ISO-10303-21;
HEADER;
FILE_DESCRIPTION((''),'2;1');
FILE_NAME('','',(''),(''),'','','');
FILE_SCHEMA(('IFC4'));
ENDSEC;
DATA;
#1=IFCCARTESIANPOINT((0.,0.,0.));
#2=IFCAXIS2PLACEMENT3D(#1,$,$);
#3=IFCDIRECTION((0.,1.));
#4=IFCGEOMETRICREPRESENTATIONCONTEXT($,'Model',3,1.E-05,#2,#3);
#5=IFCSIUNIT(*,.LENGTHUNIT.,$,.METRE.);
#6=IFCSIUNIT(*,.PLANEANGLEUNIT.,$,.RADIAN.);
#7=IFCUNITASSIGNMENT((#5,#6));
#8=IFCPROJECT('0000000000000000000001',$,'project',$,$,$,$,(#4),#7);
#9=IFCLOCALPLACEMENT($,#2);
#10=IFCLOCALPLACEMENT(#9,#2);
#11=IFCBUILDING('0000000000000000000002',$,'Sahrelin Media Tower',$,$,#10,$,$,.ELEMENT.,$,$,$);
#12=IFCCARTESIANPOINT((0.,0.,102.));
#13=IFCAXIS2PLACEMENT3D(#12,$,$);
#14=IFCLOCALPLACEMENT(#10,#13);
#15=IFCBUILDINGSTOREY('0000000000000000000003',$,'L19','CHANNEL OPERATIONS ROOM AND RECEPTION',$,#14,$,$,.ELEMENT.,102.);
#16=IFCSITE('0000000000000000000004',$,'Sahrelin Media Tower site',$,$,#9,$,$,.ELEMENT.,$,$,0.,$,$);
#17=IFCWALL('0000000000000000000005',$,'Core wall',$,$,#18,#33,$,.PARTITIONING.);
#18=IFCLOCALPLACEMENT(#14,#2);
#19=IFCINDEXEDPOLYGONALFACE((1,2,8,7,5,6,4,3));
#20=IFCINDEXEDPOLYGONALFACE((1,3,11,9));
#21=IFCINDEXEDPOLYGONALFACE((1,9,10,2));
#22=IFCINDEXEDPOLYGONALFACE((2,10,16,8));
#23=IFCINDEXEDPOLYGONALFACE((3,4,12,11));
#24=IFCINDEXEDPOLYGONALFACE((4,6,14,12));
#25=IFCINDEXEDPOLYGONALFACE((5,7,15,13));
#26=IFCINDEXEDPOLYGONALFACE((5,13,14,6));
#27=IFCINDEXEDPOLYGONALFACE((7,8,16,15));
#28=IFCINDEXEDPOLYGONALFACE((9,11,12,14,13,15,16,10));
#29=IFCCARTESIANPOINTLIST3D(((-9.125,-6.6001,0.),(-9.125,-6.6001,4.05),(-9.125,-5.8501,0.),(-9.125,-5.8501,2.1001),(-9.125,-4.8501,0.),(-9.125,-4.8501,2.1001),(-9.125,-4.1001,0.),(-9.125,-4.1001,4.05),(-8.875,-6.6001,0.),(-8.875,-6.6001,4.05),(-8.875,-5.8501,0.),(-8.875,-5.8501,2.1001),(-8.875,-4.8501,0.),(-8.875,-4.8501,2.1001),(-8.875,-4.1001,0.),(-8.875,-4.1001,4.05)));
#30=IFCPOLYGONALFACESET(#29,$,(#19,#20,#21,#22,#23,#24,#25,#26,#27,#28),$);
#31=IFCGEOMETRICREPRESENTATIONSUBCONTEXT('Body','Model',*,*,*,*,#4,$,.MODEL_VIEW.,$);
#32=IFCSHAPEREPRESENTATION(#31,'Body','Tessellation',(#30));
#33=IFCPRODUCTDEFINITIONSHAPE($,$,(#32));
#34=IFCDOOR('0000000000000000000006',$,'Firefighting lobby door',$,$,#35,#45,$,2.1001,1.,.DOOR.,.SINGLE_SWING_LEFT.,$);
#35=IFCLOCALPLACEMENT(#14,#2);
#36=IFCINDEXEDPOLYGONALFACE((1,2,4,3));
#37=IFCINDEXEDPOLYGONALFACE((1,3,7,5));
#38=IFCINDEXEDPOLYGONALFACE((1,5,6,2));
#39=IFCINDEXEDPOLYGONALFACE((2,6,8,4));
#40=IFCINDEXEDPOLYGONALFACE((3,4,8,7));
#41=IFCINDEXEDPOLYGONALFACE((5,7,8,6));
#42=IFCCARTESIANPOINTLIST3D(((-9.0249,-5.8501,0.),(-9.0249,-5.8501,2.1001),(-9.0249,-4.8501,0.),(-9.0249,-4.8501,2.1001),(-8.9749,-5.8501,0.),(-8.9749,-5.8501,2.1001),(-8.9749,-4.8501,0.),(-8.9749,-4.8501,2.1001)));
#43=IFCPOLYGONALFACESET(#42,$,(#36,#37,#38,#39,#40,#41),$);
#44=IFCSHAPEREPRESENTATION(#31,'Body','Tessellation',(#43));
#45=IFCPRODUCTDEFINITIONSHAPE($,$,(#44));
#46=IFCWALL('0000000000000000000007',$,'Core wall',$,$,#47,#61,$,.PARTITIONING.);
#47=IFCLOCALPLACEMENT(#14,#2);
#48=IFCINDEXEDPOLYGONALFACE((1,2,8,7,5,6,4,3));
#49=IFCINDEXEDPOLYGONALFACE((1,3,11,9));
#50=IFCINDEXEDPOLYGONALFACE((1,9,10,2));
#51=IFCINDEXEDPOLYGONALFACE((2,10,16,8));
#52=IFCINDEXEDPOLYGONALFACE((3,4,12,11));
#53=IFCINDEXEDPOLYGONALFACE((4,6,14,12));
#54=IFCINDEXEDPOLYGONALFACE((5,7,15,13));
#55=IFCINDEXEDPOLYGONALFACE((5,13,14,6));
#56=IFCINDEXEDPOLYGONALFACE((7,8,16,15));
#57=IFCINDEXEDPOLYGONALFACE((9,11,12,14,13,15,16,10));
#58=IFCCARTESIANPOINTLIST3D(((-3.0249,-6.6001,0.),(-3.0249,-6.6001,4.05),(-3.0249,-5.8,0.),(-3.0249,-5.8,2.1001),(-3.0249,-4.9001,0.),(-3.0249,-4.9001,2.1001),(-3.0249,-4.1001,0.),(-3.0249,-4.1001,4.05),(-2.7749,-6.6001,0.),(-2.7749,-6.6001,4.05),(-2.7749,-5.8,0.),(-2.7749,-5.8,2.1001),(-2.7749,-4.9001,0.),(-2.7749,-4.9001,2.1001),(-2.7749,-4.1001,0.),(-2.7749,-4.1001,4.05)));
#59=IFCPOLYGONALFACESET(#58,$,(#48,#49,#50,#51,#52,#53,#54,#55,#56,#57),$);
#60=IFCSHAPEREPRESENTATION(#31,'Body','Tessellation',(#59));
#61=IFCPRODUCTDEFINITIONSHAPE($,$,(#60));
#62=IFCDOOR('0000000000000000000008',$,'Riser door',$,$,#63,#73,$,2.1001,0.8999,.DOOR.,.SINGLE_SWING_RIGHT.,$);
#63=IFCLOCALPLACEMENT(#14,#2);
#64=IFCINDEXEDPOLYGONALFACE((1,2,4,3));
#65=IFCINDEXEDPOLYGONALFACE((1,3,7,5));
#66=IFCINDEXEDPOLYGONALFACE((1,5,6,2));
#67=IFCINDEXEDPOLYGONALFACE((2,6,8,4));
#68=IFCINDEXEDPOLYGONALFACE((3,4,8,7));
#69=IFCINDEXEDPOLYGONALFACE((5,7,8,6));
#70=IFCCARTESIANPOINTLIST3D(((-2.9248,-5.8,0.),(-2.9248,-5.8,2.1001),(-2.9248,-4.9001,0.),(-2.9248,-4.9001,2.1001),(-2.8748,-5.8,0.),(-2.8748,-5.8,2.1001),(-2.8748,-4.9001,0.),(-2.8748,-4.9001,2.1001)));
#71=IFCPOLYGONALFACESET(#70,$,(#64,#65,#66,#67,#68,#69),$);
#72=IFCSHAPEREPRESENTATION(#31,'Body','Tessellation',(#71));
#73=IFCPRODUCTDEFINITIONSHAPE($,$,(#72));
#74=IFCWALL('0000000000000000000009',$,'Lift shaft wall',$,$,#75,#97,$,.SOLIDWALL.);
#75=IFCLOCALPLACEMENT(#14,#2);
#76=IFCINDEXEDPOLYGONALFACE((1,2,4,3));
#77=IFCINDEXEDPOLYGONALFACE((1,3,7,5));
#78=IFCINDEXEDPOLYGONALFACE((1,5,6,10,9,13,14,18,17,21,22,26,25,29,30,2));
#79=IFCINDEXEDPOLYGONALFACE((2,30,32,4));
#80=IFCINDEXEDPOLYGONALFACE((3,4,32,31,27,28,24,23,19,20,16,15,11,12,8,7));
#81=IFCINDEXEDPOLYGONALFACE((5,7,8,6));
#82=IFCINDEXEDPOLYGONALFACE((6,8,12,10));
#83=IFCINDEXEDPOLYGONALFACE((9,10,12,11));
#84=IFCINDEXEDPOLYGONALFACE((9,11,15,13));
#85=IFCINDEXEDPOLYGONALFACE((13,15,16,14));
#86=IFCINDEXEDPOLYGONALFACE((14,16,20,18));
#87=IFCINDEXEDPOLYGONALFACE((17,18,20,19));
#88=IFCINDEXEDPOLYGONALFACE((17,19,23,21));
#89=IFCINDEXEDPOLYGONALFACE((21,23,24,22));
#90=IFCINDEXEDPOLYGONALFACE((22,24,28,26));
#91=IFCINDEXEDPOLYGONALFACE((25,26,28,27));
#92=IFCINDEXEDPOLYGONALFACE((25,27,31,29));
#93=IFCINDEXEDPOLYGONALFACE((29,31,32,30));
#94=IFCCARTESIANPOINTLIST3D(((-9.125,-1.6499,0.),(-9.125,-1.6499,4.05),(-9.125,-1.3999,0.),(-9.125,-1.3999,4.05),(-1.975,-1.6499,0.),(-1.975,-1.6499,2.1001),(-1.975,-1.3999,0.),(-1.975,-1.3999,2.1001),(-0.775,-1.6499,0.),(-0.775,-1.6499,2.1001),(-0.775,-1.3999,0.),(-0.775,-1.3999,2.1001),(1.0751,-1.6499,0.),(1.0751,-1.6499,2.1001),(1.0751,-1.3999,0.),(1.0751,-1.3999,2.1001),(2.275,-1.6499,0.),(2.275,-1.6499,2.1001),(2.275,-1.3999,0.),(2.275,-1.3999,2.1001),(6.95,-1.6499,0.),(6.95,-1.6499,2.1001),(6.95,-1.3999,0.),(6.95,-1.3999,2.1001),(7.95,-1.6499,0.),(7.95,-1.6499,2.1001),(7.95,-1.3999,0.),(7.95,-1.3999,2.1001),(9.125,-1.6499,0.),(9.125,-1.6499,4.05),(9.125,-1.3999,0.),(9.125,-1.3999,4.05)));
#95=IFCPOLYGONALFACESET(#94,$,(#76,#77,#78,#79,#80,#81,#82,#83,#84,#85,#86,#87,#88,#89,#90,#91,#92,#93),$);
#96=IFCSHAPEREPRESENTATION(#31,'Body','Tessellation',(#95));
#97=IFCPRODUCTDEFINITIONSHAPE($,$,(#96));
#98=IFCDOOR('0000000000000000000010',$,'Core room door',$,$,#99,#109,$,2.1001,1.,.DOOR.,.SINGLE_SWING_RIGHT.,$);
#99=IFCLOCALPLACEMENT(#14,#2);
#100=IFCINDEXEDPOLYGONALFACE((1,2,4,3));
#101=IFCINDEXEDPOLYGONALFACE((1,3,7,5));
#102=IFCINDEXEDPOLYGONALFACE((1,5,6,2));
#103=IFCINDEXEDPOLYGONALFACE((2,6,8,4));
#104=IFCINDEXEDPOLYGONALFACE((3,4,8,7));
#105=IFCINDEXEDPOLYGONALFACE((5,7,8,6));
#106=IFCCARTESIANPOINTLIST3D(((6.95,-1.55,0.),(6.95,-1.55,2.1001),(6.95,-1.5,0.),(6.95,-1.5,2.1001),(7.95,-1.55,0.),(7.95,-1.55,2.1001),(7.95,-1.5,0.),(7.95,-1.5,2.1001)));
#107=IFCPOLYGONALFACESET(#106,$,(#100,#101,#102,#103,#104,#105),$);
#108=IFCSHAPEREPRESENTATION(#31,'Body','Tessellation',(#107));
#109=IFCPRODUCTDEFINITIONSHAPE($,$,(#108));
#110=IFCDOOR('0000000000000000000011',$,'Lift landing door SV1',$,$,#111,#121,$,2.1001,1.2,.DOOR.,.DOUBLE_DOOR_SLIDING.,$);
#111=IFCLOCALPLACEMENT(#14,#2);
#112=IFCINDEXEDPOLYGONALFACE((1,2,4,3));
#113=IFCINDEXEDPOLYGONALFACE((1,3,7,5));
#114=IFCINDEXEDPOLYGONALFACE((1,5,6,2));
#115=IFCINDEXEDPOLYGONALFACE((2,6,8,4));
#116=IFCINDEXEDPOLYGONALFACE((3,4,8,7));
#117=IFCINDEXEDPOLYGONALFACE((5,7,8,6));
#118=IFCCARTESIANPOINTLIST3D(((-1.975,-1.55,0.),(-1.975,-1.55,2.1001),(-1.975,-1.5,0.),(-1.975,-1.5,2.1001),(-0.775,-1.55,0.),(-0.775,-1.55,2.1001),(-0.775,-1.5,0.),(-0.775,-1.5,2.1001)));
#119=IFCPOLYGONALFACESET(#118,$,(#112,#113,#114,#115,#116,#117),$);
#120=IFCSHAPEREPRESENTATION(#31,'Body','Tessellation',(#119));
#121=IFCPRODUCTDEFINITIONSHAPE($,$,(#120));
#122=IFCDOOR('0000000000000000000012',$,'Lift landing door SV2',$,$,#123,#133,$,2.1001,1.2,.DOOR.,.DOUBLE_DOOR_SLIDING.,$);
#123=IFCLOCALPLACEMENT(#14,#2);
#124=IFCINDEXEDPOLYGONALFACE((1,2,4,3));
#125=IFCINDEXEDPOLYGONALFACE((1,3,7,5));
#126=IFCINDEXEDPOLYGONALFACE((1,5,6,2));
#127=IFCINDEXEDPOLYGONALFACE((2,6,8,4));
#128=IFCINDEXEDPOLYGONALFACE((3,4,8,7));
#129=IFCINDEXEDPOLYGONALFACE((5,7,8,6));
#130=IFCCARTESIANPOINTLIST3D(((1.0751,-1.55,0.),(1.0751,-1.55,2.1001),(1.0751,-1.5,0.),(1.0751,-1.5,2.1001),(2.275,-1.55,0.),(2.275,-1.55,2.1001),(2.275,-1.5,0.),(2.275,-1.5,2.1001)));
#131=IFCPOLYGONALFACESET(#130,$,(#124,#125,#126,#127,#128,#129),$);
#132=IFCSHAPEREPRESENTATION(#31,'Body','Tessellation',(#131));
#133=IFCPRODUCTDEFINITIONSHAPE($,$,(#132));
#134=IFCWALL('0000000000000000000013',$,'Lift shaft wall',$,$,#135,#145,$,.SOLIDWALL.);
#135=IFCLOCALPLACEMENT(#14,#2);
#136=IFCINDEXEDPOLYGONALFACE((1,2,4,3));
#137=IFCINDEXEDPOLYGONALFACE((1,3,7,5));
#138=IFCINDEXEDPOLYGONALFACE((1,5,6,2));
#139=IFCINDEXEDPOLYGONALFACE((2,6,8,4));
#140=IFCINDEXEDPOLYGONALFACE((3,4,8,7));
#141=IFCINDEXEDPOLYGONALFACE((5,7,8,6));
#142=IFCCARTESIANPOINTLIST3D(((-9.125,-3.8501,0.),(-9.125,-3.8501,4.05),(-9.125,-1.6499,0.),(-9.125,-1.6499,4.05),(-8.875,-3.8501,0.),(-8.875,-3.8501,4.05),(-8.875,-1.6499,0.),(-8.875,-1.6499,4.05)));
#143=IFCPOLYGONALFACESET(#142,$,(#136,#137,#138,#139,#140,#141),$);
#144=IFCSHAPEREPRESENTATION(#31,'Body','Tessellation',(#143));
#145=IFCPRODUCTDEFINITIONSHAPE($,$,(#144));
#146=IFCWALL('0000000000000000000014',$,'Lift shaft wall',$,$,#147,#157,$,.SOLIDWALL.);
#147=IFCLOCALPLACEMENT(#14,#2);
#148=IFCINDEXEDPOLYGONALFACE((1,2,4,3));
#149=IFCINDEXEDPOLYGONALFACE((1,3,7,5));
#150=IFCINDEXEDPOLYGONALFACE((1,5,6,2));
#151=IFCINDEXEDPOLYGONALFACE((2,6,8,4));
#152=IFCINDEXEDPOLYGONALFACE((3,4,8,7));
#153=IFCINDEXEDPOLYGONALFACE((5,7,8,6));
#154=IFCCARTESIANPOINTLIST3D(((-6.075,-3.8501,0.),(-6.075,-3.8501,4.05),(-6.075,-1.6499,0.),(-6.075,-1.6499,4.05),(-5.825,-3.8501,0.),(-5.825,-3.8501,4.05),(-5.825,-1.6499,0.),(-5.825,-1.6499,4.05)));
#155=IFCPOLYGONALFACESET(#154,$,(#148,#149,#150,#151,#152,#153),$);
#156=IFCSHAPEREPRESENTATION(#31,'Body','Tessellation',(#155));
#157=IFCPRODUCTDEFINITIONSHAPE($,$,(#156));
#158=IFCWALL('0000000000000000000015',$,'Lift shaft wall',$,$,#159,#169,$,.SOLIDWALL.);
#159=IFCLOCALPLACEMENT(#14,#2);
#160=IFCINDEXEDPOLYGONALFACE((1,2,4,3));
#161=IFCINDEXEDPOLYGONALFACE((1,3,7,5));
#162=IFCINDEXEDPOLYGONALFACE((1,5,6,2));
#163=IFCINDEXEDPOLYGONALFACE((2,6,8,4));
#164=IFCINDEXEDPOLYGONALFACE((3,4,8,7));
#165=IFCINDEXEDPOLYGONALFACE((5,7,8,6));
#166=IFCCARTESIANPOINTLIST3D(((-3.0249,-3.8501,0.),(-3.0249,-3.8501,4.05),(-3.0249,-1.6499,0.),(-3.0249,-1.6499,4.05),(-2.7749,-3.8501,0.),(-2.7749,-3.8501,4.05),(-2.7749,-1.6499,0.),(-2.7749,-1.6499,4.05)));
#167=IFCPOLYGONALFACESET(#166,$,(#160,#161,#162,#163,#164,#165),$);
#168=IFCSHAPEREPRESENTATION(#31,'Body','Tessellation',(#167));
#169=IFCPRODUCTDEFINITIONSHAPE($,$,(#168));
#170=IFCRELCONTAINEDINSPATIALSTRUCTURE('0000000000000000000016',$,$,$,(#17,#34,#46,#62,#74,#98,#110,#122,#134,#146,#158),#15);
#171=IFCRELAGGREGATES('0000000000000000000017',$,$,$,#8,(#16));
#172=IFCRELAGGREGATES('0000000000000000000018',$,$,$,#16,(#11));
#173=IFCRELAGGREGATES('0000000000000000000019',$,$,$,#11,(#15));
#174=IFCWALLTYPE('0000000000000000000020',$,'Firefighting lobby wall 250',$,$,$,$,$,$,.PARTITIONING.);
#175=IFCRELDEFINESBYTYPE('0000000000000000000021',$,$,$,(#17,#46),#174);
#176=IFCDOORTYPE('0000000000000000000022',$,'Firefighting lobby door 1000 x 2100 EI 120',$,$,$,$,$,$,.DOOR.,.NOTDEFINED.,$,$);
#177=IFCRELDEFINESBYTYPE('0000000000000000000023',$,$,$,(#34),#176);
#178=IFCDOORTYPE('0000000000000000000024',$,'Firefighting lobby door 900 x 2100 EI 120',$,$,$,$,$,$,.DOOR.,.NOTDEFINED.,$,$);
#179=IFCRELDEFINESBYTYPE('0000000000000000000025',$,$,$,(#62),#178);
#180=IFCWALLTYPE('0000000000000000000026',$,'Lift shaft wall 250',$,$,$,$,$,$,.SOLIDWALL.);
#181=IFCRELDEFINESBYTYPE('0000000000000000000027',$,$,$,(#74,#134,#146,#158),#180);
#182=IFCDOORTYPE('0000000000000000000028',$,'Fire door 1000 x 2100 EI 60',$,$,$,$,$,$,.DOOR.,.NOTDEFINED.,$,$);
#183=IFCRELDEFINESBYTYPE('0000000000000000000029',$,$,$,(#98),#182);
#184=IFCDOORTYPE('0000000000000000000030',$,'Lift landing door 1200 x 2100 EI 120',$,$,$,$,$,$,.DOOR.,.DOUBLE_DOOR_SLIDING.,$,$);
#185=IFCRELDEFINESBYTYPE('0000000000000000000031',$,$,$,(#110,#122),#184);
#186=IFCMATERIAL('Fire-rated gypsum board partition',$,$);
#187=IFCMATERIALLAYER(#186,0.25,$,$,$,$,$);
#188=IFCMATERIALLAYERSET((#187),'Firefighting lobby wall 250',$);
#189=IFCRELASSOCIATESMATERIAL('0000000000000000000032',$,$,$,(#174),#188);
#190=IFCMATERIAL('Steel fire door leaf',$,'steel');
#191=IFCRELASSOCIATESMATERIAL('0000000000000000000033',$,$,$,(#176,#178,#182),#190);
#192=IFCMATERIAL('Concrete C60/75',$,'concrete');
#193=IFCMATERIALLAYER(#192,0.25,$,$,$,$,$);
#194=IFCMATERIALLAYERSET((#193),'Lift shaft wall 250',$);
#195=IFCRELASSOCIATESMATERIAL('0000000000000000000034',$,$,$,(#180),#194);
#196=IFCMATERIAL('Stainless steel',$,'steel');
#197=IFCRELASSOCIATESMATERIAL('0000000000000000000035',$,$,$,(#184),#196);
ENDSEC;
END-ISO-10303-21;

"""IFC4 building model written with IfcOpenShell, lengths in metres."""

from ifc_helpers import new_model, si_unit, direction, frame, frame_2d, origin, place, context, subcontext, project, spatial, rectangle, extrude, material, layer, layer_set, type_object, element, fill, save


model = new_model("IFC4")

# Units and contexts
model_context = context("Model", 3, precision=1e-05, world=origin(), true_north=direction((0.0, 1.0)))
body_context = subcontext(model_context, "Body", "Model", "MODEL_VIEW")
ifc_project = project(units=[si_unit("LENGTHUNIT", "METRE"), si_unit("PLANEANGLEUNIT", "RADIAN")], contexts=[model_context])

# Site, building, storey
site_placement = place(None, origin())
site = spatial("IfcSite", under=ifc_project, at=site_placement, Name="Sahrelin Media Tower site", CompositionType="ELEMENT", RefElevation=0.0)
building_placement = place(site_placement, origin())
building = spatial("IfcBuilding", under=site, at=building_placement, Name="Sahrelin Media Tower", CompositionType="ELEMENT")
storey_placement = place(building_placement, frame((0.0, 0.0, 102.0)))
storey = spatial("IfcBuildingStorey", under=building, at=storey_placement, Name="L19", Description="CHANNEL OPERATIONS ROOM AND RECEPTION", CompositionType="ELEMENT", Elevation=102.0)

# Shared definitions
ifc_material_1 = material(Name="Concrete C60/75", Category="concrete")

# Walls, openings, doors
ifc_material_2 = material(Name="Fire-rated gypsum board partition")
ifc_material_3 = material(Name="Steel fire door leaf", Category="steel")
ifc_layer_1 = layer(ifc_material_2, 0.25)
ifc_layer_set_1 = layer_set([ifc_layer_1], Name="Firefighting lobby wall 250")
wall_type_1 = type_object("IfcWallType", Name="Firefighting lobby wall 250", PredefinedType="PARTITIONING", material=ifc_layer_set_1)
wall_1_placement = place(storey_placement, frame((-9.0, -6.6001, 0.0), z_axis=(0.0, 0.0, 1.0), x_axis=(0.0, 1.0, 0.0)))
wall_1 = element("IfcWall", 1, at=wall_1_placement, inside=storey, type_object=wall_type_1, Name="Core wall", PredefinedType="PARTITIONING", context=body_context, shape_type="SweptSolid", body=[
    extrude(rectangle(XDim=2.5, YDim=0.25, at=frame_2d((1.25, 0.0))), origin(), (0.0, 0.0, 1.0), 4.05),
])
opening_1_placement = place(wall_1_placement, frame((0.75, 0.0, 0.0)))
opening_1 = element("IfcOpeningElement", 2, at=opening_1_placement, cuts=wall_1, PredefinedType="OPENING", context=body_context, shape_type="SweptSolid", body=[
    extrude(rectangle(XDim=1.0, YDim=2.1001, at=frame_2d((0.5, 1.05))), frame((0.0, 0.125, 0.0), z_axis=(0.0, -1.0, 0.0), x_axis=(1.0, 0.0, 0.0)), (0.0, 0.0, 1.0), 0.25),
])
door_type_1 = type_object("IfcDoorType", Name="Firefighting lobby door 1000 x 2100 EI 120", OperationType="NOTDEFINED", PredefinedType="DOOR", material=ifc_material_3)
door_1_placement = place(opening_1_placement, origin())
door_1 = element("IfcDoor", 3, at=door_1_placement, inside=storey, type_object=door_type_1, Name="Firefighting lobby door", OperationType="SINGLE_SWING_LEFT", OverallHeight=2.1001, OverallWidth=1.0, PredefinedType="DOOR", context=body_context, shape_type="SweptSolid", body=[
    extrude(rectangle(XDim=1.0, YDim=2.1001, at=frame_2d((0.5, 1.05))), frame((0.0, 0.0249, 0.0), z_axis=(0.0, -1.0, 0.0), x_axis=(1.0, 0.0, 0.0)), (0.0, 0.0, 1.0), 0.05),
])
fill(opening_1, door_1)
wall_2_placement = place(storey_placement, frame((-2.8999, -6.6001, 0.0), z_axis=(0.0, 0.0, 1.0), x_axis=(0.0, 1.0, 0.0)))
wall_2 = element("IfcWall", 4, at=wall_2_placement, inside=storey, type_object=wall_type_1, Name="Core wall", PredefinedType="PARTITIONING", context=body_context, shape_type="SweptSolid", body=[
    extrude(rectangle(XDim=2.5, YDim=0.25, at=frame_2d((1.25, 0.0))), origin(), (0.0, 0.0, 1.0), 4.05),
])
opening_2_placement = place(wall_2_placement, frame((0.8, 0.0, 0.0)))
opening_2 = element("IfcOpeningElement", 5, at=opening_2_placement, cuts=wall_2, PredefinedType="OPENING", context=body_context, shape_type="SweptSolid", body=[
    extrude(rectangle(XDim=0.8999, YDim=2.1001, at=frame_2d((0.45, 1.05))), frame((0.0, 0.125, 0.0), z_axis=(0.0, -1.0, 0.0), x_axis=(1.0, 0.0, 0.0)), (0.0, 0.0, 1.0), 0.25),
])
door_type_2 = type_object("IfcDoorType", Name="Firefighting lobby door 900 x 2100 EI 120", OperationType="NOTDEFINED", PredefinedType="DOOR", material=ifc_material_3)
door_2_placement = place(opening_2_placement, origin())
door_2 = element("IfcDoor", 6, at=door_2_placement, inside=storey, type_object=door_type_2, Name="Riser door", OperationType="SINGLE_SWING_RIGHT", OverallHeight=2.1001, OverallWidth=0.8999, PredefinedType="DOOR", context=body_context, shape_type="SweptSolid", body=[
    extrude(rectangle(XDim=0.8999, YDim=2.1001, at=frame_2d((0.45, 1.05))), frame((0.0, 0.0249, 0.0), z_axis=(0.0, -1.0, 0.0), x_axis=(1.0, 0.0, 0.0)), (0.0, 0.0, 1.0), 0.05),
])
fill(opening_2, door_2)

# Wall, openings, doors
ifc_layer_2 = layer(ifc_material_1, 0.25)
ifc_layer_set_2 = layer_set([ifc_layer_2], Name="Lift shaft wall 250")
wall_type_2 = type_object("IfcWallType", Name="Lift shaft wall 250", PredefinedType="SOLIDWALL", material=ifc_layer_set_2)
wall_3_placement = place(storey_placement, frame((-9.125, -1.5249, 0.0), z_axis=(0.0, 0.0, 1.0), x_axis=(1.0, 0.0, 0.0)))
wall_3 = element("IfcWall", 7, at=wall_3_placement, inside=storey, type_object=wall_type_2, Name="Lift shaft wall", PredefinedType="SOLIDWALL", context=body_context, shape_type="SweptSolid", body=[
    extrude(rectangle(XDim=18.25, YDim=0.25, at=frame_2d((9.125, 0.0))), origin(), (0.0, 0.0, 1.0), 4.05),
])
opening_3_placement = place(wall_3_placement, frame((7.1499, 0.0, 0.0)))
opening_3 = element("IfcOpeningElement", 8, at=opening_3_placement, cuts=wall_3, PredefinedType="OPENING", context=body_context, shape_type="SweptSolid", body=[
    extrude(rectangle(XDim=1.2, YDim=2.1001, at=frame_2d((0.6001, 1.05))), frame((0.0, 0.125, 0.0), z_axis=(0.0, -1.0, 0.0), x_axis=(1.0, 0.0, 0.0)), (0.0, 0.0, 1.0), 0.25),
])
opening_4_placement = place(wall_3_placement, frame((10.2, 0.0, 0.0)))
opening_4 = element("IfcOpeningElement", 9, at=opening_4_placement, cuts=wall_3, PredefinedType="OPENING", context=body_context, shape_type="SweptSolid", body=[
    extrude(rectangle(XDim=1.2, YDim=2.1001, at=frame_2d((0.6001, 1.05))), frame((0.0, 0.125, 0.0), z_axis=(0.0, -1.0, 0.0), x_axis=(1.0, 0.0, 0.0)), (0.0, 0.0, 1.0), 0.25),
])
opening_5_placement = place(wall_3_placement, frame((16.075, 0.0, 0.0)))
opening_5 = element("IfcOpeningElement", 10, at=opening_5_placement, cuts=wall_3, PredefinedType="OPENING", context=body_context, shape_type="SweptSolid", body=[
    extrude(rectangle(XDim=1.0, YDim=2.1001, at=frame_2d((0.5, 1.05))), frame((0.0, 0.125, 0.0), z_axis=(0.0, -1.0, 0.0), x_axis=(1.0, 0.0, 0.0)), (0.0, 0.0, 1.0), 0.25),
])
door_type_3 = type_object("IfcDoorType", Name="Fire door 1000 x 2100 EI 60", OperationType="NOTDEFINED", PredefinedType="DOOR", material=ifc_material_3)
door_3_placement = place(opening_5_placement, origin())
door_3 = element("IfcDoor", 11, at=door_3_placement, inside=storey, type_object=door_type_3, Name="Core room door", OperationType="SINGLE_SWING_RIGHT", OverallHeight=2.1001, OverallWidth=1.0, PredefinedType="DOOR", context=body_context, shape_type="SweptSolid", body=[
    extrude(rectangle(XDim=1.0, YDim=2.1001, at=frame_2d((0.5, 1.05))), frame((0.0, 0.0249, 0.0), z_axis=(0.0, -1.0, 0.0), x_axis=(1.0, 0.0, 0.0)), (0.0, 0.0, 1.0), 0.05),
])
fill(opening_5, door_3)
ifc_material_4 = material(Name="Stainless steel", Category="steel")
door_type_4 = type_object("IfcDoorType", Name="Lift landing door 1200 x 2100 EI 120", OperationType="DOUBLE_DOOR_SLIDING", PredefinedType="DOOR", material=ifc_material_4)
door_4_placement = place(opening_3_placement, origin())
door_4 = element("IfcDoor", 12, at=door_4_placement, inside=storey, type_object=door_type_4, Name="Lift landing door SV1", OperationType="DOUBLE_DOOR_SLIDING", OverallHeight=2.1001, OverallWidth=1.2, PredefinedType="DOOR", context=body_context, shape_type="SweptSolid", body=[
    extrude(rectangle(XDim=1.2, YDim=2.1001, at=frame_2d((0.6001, 1.05))), frame((0.0, 0.0249, 0.0), z_axis=(0.0, -1.0, 0.0), x_axis=(1.0, 0.0, 0.0)), (0.0, 0.0, 1.0), 0.05),
])
fill(opening_3, door_4)
door_5_placement = place(opening_4_placement, origin())
door_5 = element("IfcDoor", 13, at=door_5_placement, inside=storey, type_object=door_type_4, Name="Lift landing door SV2", OperationType="DOUBLE_DOOR_SLIDING", OverallHeight=2.1001, OverallWidth=1.2, PredefinedType="DOOR", context=body_context, shape_type="SweptSolid", body=[
    extrude(rectangle(XDim=1.2, YDim=2.1001, at=frame_2d((0.6001, 1.05))), frame((0.0, 0.0249, 0.0), z_axis=(0.0, -1.0, 0.0), x_axis=(1.0, 0.0, 0.0)), (0.0, 0.0, 1.0), 0.05),
])
fill(opening_4, door_5)

# Walls
for number, where, z_axis, x_axis, name in (
    (14, (-9.0, -3.8501, 0.0), (0.0, 0.0, 1.0), (0.0, 1.0, 0.0), "Lift shaft wall"),
    (15, (-5.95, -3.8501, 0.0), (0.0, 0.0, 1.0), (0.0, 1.0, 0.0), "Lift shaft wall"),
    (16, (-2.8999, -3.8501, 0.0), (0.0, 0.0, 1.0), (0.0, 1.0, 0.0), "Lift shaft wall"),
):
    element("IfcWall", number, at=place(storey_placement, frame(where, z_axis=z_axis, x_axis=x_axis)), inside=storey, type_object=wall_type_2, Name=name, PredefinedType="SOLIDWALL", context=body_context, shape_type="SweptSolid", body=[
        extrude(rectangle(XDim=2.2002, YDim=0.25, at=frame_2d((1.1001, 0.0))), origin(), (0.0, 0.0, 1.0), 4.05),
    ])

save(model, "model.ifc")
